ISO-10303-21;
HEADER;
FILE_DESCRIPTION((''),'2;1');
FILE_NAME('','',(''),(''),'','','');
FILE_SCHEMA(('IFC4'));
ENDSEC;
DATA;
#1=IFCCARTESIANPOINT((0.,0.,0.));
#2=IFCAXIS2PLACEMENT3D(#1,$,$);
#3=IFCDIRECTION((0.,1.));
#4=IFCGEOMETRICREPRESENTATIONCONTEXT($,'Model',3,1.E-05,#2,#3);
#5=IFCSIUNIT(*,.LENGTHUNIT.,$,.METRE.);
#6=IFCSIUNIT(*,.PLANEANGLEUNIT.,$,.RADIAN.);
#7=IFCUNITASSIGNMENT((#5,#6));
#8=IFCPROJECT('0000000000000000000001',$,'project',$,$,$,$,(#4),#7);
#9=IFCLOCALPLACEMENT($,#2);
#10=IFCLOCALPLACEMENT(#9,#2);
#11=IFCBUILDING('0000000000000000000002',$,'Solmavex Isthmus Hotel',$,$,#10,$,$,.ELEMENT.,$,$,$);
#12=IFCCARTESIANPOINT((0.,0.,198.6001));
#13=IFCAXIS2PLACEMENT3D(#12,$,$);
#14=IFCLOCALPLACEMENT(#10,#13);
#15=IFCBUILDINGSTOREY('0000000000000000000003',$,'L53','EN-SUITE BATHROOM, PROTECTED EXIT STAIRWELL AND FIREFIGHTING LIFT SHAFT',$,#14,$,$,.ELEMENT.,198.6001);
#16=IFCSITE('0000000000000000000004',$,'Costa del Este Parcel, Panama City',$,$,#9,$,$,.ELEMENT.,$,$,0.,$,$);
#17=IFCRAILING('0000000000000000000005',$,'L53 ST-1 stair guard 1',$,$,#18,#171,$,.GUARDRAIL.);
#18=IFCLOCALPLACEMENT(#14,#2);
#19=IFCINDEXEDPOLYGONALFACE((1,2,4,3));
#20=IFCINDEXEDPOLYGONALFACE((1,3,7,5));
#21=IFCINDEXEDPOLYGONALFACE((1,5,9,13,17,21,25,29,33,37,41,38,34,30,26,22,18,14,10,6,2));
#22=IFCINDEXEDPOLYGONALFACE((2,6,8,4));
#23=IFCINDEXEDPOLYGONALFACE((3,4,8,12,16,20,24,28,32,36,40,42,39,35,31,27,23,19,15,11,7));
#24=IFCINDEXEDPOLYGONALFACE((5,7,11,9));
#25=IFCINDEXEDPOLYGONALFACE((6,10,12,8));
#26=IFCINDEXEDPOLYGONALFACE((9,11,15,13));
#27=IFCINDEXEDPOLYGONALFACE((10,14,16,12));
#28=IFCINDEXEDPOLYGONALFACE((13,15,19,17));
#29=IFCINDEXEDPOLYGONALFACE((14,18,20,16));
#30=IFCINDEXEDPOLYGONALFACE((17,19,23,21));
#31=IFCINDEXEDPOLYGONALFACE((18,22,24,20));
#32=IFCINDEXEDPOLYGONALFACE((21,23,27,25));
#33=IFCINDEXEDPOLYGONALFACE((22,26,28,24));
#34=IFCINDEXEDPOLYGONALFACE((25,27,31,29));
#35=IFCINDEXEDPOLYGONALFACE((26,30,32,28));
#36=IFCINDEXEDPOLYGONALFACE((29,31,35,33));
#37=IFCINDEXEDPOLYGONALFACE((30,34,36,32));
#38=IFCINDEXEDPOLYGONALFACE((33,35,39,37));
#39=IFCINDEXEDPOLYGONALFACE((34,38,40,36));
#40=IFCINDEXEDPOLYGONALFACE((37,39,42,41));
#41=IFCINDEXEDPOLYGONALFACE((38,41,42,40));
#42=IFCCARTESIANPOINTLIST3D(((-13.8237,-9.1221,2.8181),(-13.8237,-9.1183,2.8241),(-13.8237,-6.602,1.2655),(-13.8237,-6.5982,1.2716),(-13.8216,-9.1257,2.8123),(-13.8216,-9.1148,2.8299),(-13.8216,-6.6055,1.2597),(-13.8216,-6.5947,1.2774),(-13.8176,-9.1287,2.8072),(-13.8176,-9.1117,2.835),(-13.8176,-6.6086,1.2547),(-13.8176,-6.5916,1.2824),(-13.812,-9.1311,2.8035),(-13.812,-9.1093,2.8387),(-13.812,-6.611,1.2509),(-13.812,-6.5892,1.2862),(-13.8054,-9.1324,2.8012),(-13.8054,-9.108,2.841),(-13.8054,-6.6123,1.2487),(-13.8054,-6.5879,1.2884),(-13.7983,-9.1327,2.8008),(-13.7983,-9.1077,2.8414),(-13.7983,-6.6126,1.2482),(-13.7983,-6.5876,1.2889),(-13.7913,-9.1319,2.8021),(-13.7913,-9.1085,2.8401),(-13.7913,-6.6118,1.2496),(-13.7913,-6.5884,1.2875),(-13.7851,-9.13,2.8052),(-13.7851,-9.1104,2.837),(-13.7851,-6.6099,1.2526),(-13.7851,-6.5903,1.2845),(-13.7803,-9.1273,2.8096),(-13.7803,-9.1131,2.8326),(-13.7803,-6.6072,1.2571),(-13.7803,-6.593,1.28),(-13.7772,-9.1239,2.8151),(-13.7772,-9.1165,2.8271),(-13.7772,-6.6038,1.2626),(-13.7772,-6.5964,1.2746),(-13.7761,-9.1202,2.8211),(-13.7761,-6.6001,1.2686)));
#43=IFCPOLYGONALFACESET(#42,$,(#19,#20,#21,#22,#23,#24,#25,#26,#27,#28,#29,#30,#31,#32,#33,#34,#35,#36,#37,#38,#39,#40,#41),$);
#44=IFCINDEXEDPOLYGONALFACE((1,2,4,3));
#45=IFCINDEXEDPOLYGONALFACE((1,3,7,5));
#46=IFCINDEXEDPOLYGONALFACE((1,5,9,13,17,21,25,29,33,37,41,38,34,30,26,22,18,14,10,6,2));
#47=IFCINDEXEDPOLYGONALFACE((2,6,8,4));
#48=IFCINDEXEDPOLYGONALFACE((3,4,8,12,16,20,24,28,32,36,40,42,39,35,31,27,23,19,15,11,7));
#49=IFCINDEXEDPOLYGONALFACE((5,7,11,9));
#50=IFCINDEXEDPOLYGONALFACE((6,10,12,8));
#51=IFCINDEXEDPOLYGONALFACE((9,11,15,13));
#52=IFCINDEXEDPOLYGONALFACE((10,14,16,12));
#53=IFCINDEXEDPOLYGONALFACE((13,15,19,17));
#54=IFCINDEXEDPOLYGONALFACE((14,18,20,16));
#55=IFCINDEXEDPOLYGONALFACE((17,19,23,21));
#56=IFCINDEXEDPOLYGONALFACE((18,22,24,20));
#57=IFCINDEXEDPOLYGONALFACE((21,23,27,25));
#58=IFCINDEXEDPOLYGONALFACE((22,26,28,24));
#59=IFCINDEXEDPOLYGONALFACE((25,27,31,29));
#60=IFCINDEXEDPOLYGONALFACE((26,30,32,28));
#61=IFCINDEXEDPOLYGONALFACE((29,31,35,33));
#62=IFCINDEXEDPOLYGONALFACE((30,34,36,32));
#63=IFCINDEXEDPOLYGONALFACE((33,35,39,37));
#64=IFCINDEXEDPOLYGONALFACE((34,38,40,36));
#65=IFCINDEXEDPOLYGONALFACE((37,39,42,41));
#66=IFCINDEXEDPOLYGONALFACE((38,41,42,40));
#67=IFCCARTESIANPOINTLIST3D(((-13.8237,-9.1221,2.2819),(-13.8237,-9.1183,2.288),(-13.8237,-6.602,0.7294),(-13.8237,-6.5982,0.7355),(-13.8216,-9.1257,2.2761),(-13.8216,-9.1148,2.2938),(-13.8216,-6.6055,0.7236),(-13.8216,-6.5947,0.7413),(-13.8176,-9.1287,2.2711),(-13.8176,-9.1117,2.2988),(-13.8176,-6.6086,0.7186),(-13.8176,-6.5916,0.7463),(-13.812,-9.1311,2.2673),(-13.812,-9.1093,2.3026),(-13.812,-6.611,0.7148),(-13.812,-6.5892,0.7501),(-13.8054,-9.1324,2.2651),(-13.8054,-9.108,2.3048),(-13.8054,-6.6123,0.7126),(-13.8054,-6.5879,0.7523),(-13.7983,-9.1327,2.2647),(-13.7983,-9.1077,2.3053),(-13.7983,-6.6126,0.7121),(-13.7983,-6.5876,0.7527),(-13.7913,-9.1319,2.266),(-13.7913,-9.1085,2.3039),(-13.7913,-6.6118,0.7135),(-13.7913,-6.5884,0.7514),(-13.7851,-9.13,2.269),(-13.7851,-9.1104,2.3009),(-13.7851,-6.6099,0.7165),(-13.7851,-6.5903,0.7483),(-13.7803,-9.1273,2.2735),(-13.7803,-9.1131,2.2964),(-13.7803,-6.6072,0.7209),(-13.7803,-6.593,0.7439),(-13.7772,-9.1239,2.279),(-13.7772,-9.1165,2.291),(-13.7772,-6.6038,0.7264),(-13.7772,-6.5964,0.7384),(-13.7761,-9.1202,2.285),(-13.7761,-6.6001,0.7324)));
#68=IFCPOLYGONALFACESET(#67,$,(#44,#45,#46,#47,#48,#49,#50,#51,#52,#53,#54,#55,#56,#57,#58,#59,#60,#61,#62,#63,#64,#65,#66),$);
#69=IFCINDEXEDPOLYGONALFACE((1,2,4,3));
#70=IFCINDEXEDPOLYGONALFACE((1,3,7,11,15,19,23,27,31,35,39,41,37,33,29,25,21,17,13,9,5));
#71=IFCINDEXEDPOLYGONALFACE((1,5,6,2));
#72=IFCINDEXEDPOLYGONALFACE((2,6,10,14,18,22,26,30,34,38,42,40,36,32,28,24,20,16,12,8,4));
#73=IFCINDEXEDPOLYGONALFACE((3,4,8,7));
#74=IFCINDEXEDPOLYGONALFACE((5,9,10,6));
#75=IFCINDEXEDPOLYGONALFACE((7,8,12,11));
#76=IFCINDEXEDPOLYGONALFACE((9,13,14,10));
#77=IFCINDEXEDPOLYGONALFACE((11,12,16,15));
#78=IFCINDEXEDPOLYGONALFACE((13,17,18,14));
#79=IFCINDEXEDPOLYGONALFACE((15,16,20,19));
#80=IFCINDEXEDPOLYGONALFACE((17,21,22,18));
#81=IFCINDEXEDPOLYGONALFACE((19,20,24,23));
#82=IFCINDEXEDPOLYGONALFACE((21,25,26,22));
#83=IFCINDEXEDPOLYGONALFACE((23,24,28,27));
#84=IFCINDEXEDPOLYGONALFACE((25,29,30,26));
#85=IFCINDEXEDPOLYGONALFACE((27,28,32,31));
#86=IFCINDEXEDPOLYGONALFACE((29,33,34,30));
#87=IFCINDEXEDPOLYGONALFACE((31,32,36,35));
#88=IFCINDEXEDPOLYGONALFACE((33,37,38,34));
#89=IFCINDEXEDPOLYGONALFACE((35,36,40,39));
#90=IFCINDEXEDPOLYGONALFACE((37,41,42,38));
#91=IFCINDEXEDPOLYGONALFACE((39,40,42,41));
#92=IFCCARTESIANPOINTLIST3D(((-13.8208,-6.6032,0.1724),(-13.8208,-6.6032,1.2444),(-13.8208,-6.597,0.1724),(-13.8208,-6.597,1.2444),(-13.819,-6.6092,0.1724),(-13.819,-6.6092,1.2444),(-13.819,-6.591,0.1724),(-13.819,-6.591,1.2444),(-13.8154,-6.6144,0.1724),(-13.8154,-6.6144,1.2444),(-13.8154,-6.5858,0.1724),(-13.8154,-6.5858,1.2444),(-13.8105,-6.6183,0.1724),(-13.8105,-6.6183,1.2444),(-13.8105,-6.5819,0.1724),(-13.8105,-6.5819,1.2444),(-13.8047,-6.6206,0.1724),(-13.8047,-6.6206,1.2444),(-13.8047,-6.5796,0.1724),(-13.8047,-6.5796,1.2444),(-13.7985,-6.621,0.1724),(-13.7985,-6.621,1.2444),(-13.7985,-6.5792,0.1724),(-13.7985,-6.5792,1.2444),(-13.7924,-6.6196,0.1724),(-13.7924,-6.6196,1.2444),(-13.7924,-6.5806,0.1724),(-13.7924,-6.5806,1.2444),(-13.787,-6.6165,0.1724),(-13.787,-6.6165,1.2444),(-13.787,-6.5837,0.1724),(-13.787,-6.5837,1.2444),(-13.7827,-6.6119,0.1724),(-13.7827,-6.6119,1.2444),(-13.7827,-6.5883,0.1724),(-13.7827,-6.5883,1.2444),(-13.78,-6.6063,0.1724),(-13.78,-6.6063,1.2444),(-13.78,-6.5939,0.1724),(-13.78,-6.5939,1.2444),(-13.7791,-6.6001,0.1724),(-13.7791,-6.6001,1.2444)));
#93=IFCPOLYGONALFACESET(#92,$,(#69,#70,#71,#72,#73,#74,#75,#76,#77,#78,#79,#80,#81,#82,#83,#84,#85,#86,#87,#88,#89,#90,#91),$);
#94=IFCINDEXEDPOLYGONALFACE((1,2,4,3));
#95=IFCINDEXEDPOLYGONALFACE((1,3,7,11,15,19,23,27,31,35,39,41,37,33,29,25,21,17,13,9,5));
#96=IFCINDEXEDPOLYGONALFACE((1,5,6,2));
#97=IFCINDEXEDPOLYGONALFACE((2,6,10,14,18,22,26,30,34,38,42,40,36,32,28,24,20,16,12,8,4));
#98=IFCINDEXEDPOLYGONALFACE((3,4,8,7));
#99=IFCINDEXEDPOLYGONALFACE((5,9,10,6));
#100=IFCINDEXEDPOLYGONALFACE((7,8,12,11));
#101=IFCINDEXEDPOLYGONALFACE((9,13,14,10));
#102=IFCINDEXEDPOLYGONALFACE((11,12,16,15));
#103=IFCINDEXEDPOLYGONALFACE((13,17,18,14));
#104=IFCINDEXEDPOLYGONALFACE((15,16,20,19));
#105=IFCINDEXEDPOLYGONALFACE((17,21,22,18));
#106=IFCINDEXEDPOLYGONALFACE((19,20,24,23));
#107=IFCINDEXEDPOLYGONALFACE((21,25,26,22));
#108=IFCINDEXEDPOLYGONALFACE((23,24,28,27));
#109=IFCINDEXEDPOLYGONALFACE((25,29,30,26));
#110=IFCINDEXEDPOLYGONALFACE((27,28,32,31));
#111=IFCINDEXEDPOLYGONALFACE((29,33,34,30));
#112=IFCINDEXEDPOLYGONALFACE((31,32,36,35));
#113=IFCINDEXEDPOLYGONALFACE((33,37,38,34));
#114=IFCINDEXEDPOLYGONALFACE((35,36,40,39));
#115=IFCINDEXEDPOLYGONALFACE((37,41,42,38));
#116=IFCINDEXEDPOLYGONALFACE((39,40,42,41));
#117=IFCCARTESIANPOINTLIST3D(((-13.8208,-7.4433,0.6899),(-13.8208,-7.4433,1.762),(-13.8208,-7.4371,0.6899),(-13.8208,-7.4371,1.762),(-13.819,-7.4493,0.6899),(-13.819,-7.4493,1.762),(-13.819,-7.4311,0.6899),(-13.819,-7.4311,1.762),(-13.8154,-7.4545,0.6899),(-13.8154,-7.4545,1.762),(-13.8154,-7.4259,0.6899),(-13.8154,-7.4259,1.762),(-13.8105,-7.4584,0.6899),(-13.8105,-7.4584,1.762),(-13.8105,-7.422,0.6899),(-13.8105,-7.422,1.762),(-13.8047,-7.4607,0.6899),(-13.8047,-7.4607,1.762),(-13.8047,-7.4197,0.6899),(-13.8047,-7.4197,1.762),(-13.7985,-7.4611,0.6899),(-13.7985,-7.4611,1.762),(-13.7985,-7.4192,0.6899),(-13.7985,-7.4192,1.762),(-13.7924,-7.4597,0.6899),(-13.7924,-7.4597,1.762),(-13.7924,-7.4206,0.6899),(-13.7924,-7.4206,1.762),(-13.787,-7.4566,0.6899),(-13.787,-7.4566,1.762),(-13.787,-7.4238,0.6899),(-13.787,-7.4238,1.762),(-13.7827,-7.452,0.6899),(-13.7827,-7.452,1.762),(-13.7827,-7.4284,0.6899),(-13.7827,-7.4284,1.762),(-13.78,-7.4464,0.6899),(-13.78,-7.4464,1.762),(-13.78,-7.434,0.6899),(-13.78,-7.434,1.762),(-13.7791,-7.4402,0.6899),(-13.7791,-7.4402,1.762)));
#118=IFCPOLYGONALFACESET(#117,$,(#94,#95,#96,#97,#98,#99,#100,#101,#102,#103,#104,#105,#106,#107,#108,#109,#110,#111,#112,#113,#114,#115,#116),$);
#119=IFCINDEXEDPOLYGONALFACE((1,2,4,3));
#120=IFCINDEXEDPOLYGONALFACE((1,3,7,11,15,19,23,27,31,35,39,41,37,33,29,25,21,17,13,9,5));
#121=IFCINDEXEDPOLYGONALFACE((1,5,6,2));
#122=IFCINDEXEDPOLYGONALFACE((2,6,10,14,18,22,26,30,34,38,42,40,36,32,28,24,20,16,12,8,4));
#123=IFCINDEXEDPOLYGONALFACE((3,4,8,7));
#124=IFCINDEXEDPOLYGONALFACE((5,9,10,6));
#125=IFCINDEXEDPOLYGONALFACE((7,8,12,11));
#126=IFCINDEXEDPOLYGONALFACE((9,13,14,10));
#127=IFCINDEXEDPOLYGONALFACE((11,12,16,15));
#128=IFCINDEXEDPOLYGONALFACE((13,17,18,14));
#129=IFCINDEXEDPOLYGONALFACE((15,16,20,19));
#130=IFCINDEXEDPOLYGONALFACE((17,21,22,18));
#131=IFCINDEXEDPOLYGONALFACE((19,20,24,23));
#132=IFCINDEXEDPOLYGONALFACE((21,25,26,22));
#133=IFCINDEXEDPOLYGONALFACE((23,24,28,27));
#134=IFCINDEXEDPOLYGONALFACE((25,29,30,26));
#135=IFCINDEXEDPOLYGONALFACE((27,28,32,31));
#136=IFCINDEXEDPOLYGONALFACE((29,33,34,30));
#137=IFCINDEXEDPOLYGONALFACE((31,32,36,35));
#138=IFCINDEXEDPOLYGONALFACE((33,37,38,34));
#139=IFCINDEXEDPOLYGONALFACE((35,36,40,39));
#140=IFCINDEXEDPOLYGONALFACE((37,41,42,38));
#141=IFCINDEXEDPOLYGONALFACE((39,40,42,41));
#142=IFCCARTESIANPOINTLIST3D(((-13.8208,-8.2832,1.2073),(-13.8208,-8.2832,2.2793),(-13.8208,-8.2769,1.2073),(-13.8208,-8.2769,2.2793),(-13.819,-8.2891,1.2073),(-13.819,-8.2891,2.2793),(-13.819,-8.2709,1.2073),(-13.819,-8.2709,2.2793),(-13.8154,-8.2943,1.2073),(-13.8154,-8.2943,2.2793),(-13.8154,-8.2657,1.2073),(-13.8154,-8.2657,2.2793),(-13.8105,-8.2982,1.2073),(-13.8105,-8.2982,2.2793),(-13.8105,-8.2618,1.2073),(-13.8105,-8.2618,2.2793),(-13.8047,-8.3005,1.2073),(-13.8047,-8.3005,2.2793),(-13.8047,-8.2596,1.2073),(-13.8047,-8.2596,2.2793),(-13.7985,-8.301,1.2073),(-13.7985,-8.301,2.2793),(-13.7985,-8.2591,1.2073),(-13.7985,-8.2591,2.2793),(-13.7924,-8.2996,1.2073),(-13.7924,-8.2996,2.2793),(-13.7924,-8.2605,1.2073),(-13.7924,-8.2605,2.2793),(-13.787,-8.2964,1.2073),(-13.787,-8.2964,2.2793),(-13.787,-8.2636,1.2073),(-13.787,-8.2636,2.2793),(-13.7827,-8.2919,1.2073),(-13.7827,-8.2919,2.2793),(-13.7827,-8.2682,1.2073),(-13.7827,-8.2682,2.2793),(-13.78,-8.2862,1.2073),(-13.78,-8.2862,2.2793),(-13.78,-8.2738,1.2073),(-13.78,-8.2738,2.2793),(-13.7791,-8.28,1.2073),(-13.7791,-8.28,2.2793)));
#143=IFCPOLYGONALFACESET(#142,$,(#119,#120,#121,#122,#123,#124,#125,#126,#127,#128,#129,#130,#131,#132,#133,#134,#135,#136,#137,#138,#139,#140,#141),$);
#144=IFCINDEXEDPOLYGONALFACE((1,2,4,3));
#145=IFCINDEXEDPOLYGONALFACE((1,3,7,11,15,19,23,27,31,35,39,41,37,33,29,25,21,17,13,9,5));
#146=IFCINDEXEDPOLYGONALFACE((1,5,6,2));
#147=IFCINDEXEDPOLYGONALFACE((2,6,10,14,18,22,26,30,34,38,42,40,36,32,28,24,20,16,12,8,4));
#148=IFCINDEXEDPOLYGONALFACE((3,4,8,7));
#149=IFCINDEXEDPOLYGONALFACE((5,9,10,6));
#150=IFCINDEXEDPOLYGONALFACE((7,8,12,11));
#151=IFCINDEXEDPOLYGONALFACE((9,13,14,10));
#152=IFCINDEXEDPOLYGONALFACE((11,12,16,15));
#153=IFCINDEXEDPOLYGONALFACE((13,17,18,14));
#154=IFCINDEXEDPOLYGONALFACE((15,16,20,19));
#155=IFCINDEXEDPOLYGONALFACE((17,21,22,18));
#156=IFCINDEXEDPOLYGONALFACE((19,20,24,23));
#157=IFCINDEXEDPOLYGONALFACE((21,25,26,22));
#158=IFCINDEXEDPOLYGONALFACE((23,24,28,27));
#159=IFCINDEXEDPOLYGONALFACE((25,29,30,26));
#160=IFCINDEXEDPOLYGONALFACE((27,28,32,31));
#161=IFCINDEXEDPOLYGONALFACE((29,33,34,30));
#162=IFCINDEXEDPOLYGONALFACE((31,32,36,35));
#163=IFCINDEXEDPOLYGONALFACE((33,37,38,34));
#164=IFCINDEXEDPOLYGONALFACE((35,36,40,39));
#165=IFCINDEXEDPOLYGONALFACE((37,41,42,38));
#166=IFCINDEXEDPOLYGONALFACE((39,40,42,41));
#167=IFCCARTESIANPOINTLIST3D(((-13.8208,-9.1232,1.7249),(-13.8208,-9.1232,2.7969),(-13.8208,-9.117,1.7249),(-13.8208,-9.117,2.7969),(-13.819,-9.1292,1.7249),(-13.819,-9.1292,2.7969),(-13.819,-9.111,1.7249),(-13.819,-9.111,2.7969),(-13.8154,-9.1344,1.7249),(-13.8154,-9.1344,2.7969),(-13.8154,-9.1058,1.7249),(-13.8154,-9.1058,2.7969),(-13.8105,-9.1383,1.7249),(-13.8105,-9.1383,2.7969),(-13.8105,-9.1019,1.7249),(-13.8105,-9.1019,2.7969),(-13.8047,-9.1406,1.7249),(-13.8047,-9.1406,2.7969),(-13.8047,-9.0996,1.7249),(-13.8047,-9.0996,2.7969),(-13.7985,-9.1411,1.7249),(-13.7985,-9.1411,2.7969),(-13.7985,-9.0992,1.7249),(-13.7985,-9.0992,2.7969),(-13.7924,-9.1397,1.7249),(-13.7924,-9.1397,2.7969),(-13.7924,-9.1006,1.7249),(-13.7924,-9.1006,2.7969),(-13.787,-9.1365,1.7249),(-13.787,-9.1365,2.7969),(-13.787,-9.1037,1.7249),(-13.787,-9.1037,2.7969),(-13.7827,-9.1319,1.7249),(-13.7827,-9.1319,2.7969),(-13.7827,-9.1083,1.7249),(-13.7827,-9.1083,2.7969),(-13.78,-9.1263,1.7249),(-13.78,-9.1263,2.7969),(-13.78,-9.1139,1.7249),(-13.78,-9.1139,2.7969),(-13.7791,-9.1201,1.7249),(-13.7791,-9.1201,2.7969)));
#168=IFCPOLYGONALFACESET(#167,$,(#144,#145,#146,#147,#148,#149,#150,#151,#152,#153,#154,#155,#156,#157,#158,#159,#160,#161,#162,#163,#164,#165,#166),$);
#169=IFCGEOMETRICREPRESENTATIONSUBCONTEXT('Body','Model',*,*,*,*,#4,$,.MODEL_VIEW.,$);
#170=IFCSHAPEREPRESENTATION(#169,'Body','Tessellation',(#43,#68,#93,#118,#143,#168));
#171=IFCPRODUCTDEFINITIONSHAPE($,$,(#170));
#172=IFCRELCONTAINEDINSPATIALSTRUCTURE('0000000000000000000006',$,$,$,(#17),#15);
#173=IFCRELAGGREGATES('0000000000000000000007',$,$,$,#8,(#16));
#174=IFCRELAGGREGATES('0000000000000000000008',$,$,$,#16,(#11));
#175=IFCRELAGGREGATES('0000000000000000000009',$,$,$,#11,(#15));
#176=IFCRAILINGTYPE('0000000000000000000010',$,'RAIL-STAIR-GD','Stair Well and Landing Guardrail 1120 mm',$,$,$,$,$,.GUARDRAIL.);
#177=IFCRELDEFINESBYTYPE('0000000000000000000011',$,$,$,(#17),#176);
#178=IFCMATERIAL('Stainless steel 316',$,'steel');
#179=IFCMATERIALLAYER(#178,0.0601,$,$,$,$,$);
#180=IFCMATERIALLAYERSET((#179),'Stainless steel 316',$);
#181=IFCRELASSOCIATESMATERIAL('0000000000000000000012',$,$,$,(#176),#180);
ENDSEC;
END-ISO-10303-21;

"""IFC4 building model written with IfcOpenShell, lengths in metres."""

from ifc_helpers import new_model, si_unit, direction, frame, origin, origin_2d, place, context, subcontext, project, spatial, circle, extrude, material, layer, layer_set, type_object, element, save


model = new_model("IFC4")

# Units and contexts
model_context = context("Model", 3, precision=1e-05, world=origin(), true_north=direction((0.0, 1.0)))
body_context = subcontext(model_context, "Body", "Model", "MODEL_VIEW")
ifc_project = project(units=[si_unit("LENGTHUNIT", "METRE"), si_unit("PLANEANGLEUNIT", "RADIAN")], contexts=[model_context])

# Site, building, storey
site_placement = place(None, origin())
site = spatial("IfcSite", under=ifc_project, at=site_placement, Name="Costa del Este Parcel, Panama City", CompositionType="ELEMENT", RefElevation=0.0)
building_placement = place(site_placement, origin())
building = spatial("IfcBuilding", under=site, at=building_placement, Name="Solmavex Isthmus Hotel", CompositionType="ELEMENT")
storey_placement = place(building_placement, frame((0.0, 0.0, 198.6001)))
storey = spatial("IfcBuildingStorey", under=building, at=storey_placement, Name="L53", Description="EN-SUITE BATHROOM, PROTECTED EXIT STAIRWELL AND FIREFIGHTING LIFT SHAFT", CompositionType="ELEMENT", Elevation=198.6001)

# Railing
ifc_material_1 = material(Name="Stainless steel 316", Category="steel")
ifc_layer_1 = layer(ifc_material_1, 0.0601)
ifc_layer_set_1 = layer_set([ifc_layer_1], Name="Stainless steel 316")
railing_type_1 = type_object("IfcRailingType", Name="RAIL-STAIR-GD", Description="Stair Well and Landing Guardrail 1120 mm", PredefinedType="GUARDRAIL", material=ifc_layer_set_1)
railing_1_placement = place(storey_placement, frame((-13.8, -6.6001, 0.1724)))
element("IfcRailing", 1, at=railing_1_placement, inside=storey, type_object=railing_type_1, Name="L53 ST-1 stair guard 1", PredefinedType="GUARDRAIL", context=body_context, shape_type="SweptSolid", body=[
    extrude(circle(Radius=0.0239, at=origin_2d()), frame((0.0, 0.0, 1.0962), z_axis=(0.0, -0.8514, 0.524516), x_axis=(1.0, 0.0, 0.0)), (0.0, 0.0, 1.0), 2.96),
    extrude(circle(Radius=0.0239, at=origin_2d()), frame((0.0, 0.0, 0.5601), z_axis=(0.0, -0.8514, 0.524516), x_axis=(1.0, 0.0, 0.0)), (0.0, 0.0, 1.0), 2.96),
    extrude(circle(Radius=0.021, at=origin_2d()), origin(), (0.0, 0.0, 1.0), 1.072),
    extrude(circle(Radius=0.021, at=origin_2d()), frame((0.0, -0.8401, 0.5176)), (0.0, 0.0, 1.0), 1.072),
    extrude(circle(Radius=0.021, at=origin_2d()), frame((0.0, -1.6799, 1.0349)), (0.0, 0.0, 1.0), 1.072),
    extrude(circle(Radius=0.021, at=origin_2d()), frame((0.0, -2.52, 1.5525)), (0.0, 0.0, 1.0), 1.072),
])

save(model, "model.ifc")
